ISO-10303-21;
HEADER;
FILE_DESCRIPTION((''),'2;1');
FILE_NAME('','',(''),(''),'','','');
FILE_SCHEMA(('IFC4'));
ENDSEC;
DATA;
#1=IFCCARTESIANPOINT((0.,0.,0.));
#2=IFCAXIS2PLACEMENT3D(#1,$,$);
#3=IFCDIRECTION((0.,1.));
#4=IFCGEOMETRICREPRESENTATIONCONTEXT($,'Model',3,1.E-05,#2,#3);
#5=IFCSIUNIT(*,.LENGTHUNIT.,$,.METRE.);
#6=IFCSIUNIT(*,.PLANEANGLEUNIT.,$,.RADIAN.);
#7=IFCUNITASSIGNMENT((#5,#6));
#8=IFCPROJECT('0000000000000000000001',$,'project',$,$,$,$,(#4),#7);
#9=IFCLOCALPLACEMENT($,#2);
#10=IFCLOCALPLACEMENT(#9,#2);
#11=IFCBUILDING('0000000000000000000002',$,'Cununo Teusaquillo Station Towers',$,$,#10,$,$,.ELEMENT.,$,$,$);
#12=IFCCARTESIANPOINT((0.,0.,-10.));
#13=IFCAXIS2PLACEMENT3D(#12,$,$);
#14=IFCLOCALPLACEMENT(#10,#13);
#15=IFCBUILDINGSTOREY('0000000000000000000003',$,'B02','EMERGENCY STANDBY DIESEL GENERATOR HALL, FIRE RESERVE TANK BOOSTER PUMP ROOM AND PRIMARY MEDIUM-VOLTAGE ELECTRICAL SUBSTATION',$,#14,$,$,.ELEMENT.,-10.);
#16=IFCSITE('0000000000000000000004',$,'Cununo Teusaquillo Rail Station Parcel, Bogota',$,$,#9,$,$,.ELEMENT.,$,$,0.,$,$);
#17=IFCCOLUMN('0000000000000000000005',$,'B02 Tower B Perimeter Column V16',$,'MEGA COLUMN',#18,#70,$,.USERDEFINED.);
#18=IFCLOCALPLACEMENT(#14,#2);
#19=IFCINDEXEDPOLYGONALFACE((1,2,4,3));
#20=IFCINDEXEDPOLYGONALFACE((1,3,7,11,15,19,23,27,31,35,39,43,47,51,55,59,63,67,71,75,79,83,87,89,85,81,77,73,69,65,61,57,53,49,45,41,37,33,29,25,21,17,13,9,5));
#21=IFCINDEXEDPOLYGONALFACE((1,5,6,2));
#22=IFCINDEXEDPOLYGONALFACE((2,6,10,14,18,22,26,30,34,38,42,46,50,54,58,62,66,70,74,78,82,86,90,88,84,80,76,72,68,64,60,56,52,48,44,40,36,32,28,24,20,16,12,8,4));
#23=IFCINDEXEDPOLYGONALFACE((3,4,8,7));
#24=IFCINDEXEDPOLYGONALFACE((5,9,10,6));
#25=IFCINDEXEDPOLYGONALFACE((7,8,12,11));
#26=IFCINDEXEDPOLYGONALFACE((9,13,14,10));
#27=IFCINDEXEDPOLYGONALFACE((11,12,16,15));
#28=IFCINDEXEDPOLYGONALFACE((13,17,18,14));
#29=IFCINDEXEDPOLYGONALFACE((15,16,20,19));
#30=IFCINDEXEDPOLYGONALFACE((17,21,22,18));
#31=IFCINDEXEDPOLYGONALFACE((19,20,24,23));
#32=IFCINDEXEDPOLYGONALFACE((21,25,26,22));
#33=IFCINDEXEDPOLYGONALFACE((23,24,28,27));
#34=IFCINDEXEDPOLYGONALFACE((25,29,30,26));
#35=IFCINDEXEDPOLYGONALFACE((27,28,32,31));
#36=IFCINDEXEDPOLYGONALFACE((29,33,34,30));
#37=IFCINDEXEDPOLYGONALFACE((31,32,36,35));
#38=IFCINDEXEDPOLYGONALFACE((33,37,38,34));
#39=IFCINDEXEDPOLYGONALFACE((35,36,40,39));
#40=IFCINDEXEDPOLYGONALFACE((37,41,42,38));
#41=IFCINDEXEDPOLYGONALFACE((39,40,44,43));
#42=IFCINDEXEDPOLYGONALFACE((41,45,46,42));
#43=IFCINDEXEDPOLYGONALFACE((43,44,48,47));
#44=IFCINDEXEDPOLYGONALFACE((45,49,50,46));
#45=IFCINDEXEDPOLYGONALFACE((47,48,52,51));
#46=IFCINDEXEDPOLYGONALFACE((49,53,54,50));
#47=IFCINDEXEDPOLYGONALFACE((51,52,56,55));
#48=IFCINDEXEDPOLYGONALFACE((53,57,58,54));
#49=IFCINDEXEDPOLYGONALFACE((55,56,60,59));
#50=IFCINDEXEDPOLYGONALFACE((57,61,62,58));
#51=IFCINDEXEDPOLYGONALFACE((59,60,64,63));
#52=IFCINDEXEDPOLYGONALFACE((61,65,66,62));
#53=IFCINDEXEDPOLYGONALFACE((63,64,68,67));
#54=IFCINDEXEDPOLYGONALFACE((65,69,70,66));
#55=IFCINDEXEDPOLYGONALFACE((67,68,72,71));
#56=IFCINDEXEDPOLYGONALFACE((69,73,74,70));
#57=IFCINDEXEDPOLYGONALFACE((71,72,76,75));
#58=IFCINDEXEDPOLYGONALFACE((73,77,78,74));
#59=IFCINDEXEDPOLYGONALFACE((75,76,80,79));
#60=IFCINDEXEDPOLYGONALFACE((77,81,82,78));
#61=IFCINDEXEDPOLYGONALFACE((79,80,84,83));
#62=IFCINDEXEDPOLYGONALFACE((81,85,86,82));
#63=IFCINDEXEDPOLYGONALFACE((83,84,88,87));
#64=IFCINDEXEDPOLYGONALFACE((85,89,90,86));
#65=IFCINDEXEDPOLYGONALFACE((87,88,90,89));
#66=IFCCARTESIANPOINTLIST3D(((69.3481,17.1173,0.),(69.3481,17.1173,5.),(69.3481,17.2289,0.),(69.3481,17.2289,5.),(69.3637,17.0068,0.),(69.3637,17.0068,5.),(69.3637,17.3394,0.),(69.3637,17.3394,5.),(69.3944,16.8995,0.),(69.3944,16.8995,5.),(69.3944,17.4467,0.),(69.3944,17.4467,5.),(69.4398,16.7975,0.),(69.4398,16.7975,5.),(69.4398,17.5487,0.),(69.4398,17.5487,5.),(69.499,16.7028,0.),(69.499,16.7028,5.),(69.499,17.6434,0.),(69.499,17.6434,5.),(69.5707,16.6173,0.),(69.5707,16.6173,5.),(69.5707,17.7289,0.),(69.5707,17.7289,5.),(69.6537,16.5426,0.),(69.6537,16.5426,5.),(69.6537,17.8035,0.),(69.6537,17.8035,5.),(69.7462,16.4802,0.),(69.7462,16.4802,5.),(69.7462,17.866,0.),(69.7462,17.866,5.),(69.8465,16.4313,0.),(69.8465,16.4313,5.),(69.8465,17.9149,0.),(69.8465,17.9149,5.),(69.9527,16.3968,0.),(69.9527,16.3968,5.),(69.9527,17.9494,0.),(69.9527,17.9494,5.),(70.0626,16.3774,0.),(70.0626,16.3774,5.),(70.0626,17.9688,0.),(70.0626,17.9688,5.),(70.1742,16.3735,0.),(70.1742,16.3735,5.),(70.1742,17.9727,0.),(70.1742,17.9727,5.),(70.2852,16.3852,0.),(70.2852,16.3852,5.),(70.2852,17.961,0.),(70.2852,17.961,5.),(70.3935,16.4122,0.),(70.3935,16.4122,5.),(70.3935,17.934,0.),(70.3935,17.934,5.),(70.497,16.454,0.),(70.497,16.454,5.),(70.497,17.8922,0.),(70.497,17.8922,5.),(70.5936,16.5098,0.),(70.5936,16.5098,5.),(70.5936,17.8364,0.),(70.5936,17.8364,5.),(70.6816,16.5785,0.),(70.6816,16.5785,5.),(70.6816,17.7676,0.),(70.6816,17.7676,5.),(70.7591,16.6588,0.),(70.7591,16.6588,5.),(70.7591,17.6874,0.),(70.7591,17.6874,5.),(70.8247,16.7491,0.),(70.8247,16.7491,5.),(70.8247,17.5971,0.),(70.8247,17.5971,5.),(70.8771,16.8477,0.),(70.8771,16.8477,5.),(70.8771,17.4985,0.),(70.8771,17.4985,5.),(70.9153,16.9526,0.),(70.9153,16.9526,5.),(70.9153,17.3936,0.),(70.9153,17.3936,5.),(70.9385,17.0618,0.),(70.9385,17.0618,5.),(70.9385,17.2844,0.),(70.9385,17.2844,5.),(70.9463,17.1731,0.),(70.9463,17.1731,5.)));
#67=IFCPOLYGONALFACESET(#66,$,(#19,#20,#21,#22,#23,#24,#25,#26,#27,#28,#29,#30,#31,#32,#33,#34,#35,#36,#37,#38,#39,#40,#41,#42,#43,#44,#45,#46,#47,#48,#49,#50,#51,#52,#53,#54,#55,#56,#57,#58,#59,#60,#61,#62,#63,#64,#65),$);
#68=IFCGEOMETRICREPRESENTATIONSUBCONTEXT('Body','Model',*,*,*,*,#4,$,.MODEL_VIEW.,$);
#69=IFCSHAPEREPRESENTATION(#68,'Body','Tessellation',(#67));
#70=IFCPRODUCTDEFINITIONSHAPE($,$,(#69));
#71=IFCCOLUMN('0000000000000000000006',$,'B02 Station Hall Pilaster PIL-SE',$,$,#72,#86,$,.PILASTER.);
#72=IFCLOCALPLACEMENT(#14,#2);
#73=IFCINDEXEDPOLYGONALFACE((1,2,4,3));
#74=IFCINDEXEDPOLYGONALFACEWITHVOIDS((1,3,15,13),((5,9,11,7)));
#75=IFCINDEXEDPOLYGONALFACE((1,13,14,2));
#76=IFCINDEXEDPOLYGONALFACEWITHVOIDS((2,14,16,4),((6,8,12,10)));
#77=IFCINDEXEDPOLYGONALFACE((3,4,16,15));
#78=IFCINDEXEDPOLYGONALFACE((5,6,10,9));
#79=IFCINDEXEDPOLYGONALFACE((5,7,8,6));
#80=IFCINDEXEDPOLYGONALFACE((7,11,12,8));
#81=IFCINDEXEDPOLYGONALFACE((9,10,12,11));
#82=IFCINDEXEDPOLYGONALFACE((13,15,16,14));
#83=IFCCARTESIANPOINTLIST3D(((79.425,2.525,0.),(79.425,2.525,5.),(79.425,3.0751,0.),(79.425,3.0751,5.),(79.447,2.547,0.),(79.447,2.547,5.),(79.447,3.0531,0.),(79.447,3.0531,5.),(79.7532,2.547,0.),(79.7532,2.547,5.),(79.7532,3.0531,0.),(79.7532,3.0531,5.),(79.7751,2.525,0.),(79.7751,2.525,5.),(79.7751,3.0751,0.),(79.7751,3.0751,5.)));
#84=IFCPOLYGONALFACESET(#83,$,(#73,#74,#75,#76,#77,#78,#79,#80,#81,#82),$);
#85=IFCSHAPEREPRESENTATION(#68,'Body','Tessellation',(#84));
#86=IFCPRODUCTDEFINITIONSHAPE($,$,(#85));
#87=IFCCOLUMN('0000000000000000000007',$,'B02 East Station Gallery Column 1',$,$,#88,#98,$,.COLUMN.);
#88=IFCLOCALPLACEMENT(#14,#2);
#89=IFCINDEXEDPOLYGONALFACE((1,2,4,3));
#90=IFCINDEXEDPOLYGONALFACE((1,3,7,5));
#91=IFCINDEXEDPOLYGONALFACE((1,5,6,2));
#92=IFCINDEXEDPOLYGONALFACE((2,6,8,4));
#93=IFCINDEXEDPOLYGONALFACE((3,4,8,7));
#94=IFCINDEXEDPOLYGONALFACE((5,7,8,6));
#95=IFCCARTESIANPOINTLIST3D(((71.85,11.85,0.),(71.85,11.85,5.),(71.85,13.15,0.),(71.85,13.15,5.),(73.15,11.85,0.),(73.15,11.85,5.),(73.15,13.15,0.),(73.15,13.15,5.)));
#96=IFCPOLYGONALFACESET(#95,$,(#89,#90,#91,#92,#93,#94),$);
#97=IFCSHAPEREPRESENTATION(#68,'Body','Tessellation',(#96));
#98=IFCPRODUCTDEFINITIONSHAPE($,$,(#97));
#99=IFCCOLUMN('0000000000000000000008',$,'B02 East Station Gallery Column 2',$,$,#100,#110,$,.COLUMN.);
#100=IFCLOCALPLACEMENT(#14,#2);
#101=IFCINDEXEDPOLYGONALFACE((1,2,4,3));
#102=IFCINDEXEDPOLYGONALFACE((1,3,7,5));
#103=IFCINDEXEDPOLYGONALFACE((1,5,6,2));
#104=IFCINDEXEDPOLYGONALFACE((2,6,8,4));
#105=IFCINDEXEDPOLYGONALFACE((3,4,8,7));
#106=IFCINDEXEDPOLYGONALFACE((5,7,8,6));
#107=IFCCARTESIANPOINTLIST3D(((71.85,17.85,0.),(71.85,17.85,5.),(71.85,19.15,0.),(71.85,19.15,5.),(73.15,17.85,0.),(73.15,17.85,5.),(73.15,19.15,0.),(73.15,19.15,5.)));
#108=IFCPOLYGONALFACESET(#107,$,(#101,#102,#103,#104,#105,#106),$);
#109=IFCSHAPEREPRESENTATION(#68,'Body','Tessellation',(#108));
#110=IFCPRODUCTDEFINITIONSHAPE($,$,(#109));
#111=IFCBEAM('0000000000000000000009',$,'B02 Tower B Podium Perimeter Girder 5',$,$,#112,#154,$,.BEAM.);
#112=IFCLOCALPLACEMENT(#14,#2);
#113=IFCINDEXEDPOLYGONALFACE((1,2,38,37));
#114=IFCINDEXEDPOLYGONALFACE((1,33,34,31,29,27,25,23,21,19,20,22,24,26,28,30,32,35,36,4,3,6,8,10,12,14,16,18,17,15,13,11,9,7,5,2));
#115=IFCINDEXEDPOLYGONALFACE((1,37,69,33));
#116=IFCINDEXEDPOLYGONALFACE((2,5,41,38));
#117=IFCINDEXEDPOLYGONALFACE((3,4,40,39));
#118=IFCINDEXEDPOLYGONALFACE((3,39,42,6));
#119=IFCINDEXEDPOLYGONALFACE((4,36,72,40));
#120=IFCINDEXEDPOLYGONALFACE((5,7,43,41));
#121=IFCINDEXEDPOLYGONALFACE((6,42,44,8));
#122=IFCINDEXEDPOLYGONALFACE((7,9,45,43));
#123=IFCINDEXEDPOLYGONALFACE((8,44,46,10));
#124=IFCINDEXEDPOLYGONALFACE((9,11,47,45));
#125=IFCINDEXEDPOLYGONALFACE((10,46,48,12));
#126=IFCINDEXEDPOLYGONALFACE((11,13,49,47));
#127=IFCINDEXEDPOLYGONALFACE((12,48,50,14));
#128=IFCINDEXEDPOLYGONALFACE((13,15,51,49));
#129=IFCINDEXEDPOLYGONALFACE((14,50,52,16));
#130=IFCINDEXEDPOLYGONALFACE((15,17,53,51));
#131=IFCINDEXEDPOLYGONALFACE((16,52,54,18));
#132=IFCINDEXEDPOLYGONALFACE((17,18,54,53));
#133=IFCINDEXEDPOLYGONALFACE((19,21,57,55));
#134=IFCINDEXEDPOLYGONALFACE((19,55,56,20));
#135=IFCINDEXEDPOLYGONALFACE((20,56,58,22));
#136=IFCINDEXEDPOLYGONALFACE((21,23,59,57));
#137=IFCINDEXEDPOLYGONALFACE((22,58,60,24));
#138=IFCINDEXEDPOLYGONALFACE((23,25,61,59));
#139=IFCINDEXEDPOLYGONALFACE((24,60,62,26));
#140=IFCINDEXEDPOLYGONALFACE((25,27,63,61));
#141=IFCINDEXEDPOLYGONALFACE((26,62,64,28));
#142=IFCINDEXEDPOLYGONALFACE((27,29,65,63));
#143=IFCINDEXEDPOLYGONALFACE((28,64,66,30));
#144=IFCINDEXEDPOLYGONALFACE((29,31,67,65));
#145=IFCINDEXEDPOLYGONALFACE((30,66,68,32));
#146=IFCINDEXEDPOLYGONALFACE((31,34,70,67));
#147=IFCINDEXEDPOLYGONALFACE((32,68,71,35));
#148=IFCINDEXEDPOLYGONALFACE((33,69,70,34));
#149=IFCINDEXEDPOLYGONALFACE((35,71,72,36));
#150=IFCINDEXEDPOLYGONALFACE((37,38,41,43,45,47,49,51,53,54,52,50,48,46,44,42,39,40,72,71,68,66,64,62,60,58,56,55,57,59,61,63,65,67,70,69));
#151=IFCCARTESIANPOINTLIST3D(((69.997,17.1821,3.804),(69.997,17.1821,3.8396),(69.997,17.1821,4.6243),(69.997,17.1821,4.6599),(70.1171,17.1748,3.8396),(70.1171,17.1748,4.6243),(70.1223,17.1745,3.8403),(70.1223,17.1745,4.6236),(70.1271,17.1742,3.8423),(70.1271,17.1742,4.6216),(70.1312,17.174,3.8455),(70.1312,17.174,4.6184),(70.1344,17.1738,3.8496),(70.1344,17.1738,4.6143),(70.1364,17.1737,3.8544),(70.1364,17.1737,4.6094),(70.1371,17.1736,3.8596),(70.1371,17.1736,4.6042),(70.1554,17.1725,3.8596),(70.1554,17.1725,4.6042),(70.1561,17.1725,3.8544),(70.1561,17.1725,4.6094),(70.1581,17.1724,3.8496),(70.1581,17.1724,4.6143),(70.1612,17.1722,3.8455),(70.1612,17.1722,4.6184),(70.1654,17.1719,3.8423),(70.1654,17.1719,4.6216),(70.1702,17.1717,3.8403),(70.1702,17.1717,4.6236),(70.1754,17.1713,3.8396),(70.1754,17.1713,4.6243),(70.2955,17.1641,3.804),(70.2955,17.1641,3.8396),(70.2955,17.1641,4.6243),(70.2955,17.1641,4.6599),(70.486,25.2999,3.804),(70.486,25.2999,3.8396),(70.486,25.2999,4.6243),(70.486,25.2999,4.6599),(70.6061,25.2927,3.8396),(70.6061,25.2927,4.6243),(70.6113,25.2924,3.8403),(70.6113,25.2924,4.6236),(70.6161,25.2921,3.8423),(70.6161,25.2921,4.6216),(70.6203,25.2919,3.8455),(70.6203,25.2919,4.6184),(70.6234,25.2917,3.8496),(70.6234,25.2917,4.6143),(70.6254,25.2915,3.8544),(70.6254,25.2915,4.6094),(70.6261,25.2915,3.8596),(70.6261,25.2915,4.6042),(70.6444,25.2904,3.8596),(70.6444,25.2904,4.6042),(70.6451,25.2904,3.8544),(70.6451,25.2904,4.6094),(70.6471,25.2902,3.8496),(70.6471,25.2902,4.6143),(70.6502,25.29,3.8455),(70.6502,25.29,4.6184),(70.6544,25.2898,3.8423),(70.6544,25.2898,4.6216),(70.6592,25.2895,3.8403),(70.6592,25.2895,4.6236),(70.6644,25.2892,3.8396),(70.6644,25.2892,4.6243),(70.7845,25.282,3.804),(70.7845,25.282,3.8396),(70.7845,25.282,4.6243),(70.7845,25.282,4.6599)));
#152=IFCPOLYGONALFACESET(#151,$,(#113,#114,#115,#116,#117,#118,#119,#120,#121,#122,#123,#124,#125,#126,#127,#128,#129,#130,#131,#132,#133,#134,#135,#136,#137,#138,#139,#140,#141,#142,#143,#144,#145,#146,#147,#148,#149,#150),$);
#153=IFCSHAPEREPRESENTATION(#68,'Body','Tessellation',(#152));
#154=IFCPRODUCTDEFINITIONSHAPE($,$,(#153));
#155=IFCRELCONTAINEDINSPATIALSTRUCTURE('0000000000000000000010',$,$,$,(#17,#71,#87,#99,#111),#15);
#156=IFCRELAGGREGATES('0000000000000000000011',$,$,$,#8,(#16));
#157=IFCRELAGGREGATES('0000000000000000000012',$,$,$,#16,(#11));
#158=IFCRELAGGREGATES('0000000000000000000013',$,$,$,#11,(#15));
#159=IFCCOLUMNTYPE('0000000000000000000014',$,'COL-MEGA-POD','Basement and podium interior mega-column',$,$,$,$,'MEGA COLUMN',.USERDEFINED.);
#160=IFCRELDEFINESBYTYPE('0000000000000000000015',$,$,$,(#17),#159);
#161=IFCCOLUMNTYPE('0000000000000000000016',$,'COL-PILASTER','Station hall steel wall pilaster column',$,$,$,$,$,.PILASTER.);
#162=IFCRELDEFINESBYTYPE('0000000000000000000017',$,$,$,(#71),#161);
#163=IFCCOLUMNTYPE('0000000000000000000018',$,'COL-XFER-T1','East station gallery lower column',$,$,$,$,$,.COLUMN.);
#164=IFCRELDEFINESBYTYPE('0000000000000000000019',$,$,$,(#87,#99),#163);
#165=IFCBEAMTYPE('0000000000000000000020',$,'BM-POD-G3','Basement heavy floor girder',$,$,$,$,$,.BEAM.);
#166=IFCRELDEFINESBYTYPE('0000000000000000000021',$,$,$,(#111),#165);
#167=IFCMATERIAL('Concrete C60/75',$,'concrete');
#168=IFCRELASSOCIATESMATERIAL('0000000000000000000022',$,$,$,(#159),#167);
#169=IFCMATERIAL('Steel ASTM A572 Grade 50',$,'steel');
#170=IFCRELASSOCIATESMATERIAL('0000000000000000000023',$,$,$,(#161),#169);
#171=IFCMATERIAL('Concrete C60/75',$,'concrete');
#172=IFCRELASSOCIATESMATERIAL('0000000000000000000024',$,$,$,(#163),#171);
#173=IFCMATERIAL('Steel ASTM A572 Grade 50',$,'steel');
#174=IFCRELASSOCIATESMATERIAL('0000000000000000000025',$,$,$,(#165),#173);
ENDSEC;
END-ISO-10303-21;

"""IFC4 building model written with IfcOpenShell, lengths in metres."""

from ifc_helpers import new_model, si_unit, direction, frame, origin, origin_2d, place, context, subcontext, project, spatial, rectangle, hollow_rectangle, circle, i_section, extrude, material, material_profile, profile_set, type_object, element, save


model = new_model("IFC4")

# Units and contexts
model_context = context("Model", 3, precision=1e-05, world=origin(), true_north=direction((0.0, 1.0)))
body_context = subcontext(model_context, "Body", "Model", "MODEL_VIEW")
ifc_project = project(units=[si_unit("LENGTHUNIT", "METRE"), si_unit("PLANEANGLEUNIT", "RADIAN")], contexts=[model_context])

# Site, building, storey
site_placement = place(None, origin())
site = spatial("IfcSite", under=ifc_project, at=site_placement, Name="Cununo Teusaquillo Rail Station Parcel, Bogota", CompositionType="ELEMENT", RefElevation=0.0)
building_placement = place(site_placement, origin())
building = spatial("IfcBuilding", under=site, at=building_placement, Name="Cununo Teusaquillo Station Towers", CompositionType="ELEMENT")
storey_placement = place(building_placement, frame((0.0, 0.0, -10.0)))
storey = spatial("IfcBuildingStorey", under=building, at=storey_placement, Name="B02", Description="EMERGENCY STANDBY DIESEL GENERATOR HALL, FIRE RESERVE TANK BOOSTER PUMP ROOM AND PRIMARY MEDIUM-VOLTAGE ELECTRICAL SUBSTATION", CompositionType="ELEMENT", Elevation=-10.0)

# Columns
ifc_material_1 = material(Name="Concrete C60/75", Category="concrete")
ifc_material_profile_1 = material_profile(ifc_material_1, circle(Radius=0.8, at=origin_2d()), Name="RC-CIRC-1600")
ifc_profile_set_1 = profile_set([ifc_material_profile_1], Name="Concrete C60/75")
column_type_1 = type_object("IfcColumnType", Name="COL-MEGA-POD", Description="Basement and podium interior mega-column", ElementType="MEGA COLUMN", PredefinedType="USERDEFINED", material=ifc_profile_set_1)
column_1_placement = place(storey_placement, frame((70.1462, 17.1731, 0.0), z_axis=(0.0, 0.0, 1.0), x_axis=(1.0, 0.0, 0.0)))
element("IfcColumn", 1, at=column_1_placement, inside=storey, type_object=column_type_1, Name="B02 Tower B Perimeter Column V16", ObjectType="MEGA COLUMN", PredefinedType="USERDEFINED", context=body_context, shape_type="SweptSolid", body=[
    extrude(circle(Radius=0.8, at=origin_2d()), origin(), (0.0, 0.0, 1.0), 5.0),
])
ifc_material_2 = material(Name="Steel ASTM A572 Grade 50", Category="steel")
ifc_material_profile_2 = material_profile(ifc_material_2, hollow_rectangle(XDim=0.3501, YDim=0.55, WallThickness=0.022, at=origin_2d()), Name="RHS 550x350x22")
ifc_profile_set_2 = profile_set([ifc_material_profile_2], Name="Steel ASTM A572 Grade 50")
column_type_2 = type_object("IfcColumnType", Name="COL-PILASTER", Description="Station hall steel wall pilaster column", PredefinedType="PILASTER", material=ifc_profile_set_2)
column_2_placement = place(storey_placement, frame((79.6001, 2.8, 0.0), z_axis=(0.0, 0.0, 1.0), x_axis=(1.0, 0.0, 0.0)))
element("IfcColumn", 2, at=column_2_placement, inside=storey, type_object=column_type_2, Name="B02 Station Hall Pilaster PIL-SE", PredefinedType="PILASTER", context=body_context, shape_type="SweptSolid", body=[
    extrude(hollow_rectangle(XDim=0.3501, YDim=0.55, WallThickness=0.022, at=origin_2d()), origin(), (0.0, 0.0, 1.0), 5.0),
])
ifc_material_3 = material(Name="Concrete C60/75", Category="concrete")
ifc_material_profile_3 = material_profile(ifc_material_3, rectangle(XDim=1.3, YDim=1.3, at=origin_2d()), Name="RC-RECT-1300x1300")
ifc_profile_set_3 = profile_set([ifc_material_profile_3], Name="Concrete C60/75")
column_type_3 = type_object("IfcColumnType", Name="COL-XFER-T1", Description="East station gallery lower column", PredefinedType="COLUMN", material=ifc_profile_set_3)
for number, where, z_axis, x_axis, name in (
    (3, (72.5, 12.5, 0.0), (0.0, 0.0, 1.0), (1.0, 0.0, 0.0), "B02 East Station Gallery Column 1"),
    (4, (72.5, 18.5, 0.0), (0.0, 0.0, 1.0), (1.0, 0.0, 0.0), "B02 East Station Gallery Column 2"),
):
    element("IfcColumn", number, at=place(storey_placement, frame(where, z_axis=z_axis, x_axis=x_axis)), inside=storey, type_object=column_type_3, Name=name, PredefinedType="COLUMN", context=body_context, shape_type="SweptSolid", body=[
        extrude(rectangle(XDim=1.3, YDim=1.3, at=origin_2d()), origin(), (0.0, 0.0, 1.0), 5.0),
    ])

# Beam
ifc_material_4 = material(Name="Steel ASTM A572 Grade 50", Category="steel")
ifc_material_profile_4 = material_profile(ifc_material_4, i_section(OverallWidth=0.2991, OverallDepth=0.856, WebThickness=0.0183, FlangeThickness=0.0356, FilletRadius=0.02, at=origin_2d()), Name="W33X201")
ifc_profile_set_4 = profile_set([ifc_material_profile_4], Name="Steel ASTM A572 Grade 50")
beam_type_1 = type_object("IfcBeamType", Name="BM-POD-G3", Description="Basement heavy floor girder", PredefinedType="BEAM", material=ifc_profile_set_4)
beam_1_placement = place(storey_placement, frame((70.1462, 17.1731, 4.2319), z_axis=(0.06013, 0.998191, 0.0), x_axis=(-0.998191, 0.06013, 0.0)))
element("IfcBeam", 5, at=beam_1_placement, inside=storey, type_object=beam_type_1, Name="B02 Tower B Podium Perimeter Girder 5", PredefinedType="BEAM", context=body_context, shape_type="SweptSolid", body=[
    extrude(i_section(OverallWidth=0.2991, OverallDepth=0.856, WebThickness=0.0183, FlangeThickness=0.0356, FilletRadius=0.02, at=origin_2d()), origin(), (0.0, 0.0, 1.0), 8.1326),
])

save(model, "model.ifc")
